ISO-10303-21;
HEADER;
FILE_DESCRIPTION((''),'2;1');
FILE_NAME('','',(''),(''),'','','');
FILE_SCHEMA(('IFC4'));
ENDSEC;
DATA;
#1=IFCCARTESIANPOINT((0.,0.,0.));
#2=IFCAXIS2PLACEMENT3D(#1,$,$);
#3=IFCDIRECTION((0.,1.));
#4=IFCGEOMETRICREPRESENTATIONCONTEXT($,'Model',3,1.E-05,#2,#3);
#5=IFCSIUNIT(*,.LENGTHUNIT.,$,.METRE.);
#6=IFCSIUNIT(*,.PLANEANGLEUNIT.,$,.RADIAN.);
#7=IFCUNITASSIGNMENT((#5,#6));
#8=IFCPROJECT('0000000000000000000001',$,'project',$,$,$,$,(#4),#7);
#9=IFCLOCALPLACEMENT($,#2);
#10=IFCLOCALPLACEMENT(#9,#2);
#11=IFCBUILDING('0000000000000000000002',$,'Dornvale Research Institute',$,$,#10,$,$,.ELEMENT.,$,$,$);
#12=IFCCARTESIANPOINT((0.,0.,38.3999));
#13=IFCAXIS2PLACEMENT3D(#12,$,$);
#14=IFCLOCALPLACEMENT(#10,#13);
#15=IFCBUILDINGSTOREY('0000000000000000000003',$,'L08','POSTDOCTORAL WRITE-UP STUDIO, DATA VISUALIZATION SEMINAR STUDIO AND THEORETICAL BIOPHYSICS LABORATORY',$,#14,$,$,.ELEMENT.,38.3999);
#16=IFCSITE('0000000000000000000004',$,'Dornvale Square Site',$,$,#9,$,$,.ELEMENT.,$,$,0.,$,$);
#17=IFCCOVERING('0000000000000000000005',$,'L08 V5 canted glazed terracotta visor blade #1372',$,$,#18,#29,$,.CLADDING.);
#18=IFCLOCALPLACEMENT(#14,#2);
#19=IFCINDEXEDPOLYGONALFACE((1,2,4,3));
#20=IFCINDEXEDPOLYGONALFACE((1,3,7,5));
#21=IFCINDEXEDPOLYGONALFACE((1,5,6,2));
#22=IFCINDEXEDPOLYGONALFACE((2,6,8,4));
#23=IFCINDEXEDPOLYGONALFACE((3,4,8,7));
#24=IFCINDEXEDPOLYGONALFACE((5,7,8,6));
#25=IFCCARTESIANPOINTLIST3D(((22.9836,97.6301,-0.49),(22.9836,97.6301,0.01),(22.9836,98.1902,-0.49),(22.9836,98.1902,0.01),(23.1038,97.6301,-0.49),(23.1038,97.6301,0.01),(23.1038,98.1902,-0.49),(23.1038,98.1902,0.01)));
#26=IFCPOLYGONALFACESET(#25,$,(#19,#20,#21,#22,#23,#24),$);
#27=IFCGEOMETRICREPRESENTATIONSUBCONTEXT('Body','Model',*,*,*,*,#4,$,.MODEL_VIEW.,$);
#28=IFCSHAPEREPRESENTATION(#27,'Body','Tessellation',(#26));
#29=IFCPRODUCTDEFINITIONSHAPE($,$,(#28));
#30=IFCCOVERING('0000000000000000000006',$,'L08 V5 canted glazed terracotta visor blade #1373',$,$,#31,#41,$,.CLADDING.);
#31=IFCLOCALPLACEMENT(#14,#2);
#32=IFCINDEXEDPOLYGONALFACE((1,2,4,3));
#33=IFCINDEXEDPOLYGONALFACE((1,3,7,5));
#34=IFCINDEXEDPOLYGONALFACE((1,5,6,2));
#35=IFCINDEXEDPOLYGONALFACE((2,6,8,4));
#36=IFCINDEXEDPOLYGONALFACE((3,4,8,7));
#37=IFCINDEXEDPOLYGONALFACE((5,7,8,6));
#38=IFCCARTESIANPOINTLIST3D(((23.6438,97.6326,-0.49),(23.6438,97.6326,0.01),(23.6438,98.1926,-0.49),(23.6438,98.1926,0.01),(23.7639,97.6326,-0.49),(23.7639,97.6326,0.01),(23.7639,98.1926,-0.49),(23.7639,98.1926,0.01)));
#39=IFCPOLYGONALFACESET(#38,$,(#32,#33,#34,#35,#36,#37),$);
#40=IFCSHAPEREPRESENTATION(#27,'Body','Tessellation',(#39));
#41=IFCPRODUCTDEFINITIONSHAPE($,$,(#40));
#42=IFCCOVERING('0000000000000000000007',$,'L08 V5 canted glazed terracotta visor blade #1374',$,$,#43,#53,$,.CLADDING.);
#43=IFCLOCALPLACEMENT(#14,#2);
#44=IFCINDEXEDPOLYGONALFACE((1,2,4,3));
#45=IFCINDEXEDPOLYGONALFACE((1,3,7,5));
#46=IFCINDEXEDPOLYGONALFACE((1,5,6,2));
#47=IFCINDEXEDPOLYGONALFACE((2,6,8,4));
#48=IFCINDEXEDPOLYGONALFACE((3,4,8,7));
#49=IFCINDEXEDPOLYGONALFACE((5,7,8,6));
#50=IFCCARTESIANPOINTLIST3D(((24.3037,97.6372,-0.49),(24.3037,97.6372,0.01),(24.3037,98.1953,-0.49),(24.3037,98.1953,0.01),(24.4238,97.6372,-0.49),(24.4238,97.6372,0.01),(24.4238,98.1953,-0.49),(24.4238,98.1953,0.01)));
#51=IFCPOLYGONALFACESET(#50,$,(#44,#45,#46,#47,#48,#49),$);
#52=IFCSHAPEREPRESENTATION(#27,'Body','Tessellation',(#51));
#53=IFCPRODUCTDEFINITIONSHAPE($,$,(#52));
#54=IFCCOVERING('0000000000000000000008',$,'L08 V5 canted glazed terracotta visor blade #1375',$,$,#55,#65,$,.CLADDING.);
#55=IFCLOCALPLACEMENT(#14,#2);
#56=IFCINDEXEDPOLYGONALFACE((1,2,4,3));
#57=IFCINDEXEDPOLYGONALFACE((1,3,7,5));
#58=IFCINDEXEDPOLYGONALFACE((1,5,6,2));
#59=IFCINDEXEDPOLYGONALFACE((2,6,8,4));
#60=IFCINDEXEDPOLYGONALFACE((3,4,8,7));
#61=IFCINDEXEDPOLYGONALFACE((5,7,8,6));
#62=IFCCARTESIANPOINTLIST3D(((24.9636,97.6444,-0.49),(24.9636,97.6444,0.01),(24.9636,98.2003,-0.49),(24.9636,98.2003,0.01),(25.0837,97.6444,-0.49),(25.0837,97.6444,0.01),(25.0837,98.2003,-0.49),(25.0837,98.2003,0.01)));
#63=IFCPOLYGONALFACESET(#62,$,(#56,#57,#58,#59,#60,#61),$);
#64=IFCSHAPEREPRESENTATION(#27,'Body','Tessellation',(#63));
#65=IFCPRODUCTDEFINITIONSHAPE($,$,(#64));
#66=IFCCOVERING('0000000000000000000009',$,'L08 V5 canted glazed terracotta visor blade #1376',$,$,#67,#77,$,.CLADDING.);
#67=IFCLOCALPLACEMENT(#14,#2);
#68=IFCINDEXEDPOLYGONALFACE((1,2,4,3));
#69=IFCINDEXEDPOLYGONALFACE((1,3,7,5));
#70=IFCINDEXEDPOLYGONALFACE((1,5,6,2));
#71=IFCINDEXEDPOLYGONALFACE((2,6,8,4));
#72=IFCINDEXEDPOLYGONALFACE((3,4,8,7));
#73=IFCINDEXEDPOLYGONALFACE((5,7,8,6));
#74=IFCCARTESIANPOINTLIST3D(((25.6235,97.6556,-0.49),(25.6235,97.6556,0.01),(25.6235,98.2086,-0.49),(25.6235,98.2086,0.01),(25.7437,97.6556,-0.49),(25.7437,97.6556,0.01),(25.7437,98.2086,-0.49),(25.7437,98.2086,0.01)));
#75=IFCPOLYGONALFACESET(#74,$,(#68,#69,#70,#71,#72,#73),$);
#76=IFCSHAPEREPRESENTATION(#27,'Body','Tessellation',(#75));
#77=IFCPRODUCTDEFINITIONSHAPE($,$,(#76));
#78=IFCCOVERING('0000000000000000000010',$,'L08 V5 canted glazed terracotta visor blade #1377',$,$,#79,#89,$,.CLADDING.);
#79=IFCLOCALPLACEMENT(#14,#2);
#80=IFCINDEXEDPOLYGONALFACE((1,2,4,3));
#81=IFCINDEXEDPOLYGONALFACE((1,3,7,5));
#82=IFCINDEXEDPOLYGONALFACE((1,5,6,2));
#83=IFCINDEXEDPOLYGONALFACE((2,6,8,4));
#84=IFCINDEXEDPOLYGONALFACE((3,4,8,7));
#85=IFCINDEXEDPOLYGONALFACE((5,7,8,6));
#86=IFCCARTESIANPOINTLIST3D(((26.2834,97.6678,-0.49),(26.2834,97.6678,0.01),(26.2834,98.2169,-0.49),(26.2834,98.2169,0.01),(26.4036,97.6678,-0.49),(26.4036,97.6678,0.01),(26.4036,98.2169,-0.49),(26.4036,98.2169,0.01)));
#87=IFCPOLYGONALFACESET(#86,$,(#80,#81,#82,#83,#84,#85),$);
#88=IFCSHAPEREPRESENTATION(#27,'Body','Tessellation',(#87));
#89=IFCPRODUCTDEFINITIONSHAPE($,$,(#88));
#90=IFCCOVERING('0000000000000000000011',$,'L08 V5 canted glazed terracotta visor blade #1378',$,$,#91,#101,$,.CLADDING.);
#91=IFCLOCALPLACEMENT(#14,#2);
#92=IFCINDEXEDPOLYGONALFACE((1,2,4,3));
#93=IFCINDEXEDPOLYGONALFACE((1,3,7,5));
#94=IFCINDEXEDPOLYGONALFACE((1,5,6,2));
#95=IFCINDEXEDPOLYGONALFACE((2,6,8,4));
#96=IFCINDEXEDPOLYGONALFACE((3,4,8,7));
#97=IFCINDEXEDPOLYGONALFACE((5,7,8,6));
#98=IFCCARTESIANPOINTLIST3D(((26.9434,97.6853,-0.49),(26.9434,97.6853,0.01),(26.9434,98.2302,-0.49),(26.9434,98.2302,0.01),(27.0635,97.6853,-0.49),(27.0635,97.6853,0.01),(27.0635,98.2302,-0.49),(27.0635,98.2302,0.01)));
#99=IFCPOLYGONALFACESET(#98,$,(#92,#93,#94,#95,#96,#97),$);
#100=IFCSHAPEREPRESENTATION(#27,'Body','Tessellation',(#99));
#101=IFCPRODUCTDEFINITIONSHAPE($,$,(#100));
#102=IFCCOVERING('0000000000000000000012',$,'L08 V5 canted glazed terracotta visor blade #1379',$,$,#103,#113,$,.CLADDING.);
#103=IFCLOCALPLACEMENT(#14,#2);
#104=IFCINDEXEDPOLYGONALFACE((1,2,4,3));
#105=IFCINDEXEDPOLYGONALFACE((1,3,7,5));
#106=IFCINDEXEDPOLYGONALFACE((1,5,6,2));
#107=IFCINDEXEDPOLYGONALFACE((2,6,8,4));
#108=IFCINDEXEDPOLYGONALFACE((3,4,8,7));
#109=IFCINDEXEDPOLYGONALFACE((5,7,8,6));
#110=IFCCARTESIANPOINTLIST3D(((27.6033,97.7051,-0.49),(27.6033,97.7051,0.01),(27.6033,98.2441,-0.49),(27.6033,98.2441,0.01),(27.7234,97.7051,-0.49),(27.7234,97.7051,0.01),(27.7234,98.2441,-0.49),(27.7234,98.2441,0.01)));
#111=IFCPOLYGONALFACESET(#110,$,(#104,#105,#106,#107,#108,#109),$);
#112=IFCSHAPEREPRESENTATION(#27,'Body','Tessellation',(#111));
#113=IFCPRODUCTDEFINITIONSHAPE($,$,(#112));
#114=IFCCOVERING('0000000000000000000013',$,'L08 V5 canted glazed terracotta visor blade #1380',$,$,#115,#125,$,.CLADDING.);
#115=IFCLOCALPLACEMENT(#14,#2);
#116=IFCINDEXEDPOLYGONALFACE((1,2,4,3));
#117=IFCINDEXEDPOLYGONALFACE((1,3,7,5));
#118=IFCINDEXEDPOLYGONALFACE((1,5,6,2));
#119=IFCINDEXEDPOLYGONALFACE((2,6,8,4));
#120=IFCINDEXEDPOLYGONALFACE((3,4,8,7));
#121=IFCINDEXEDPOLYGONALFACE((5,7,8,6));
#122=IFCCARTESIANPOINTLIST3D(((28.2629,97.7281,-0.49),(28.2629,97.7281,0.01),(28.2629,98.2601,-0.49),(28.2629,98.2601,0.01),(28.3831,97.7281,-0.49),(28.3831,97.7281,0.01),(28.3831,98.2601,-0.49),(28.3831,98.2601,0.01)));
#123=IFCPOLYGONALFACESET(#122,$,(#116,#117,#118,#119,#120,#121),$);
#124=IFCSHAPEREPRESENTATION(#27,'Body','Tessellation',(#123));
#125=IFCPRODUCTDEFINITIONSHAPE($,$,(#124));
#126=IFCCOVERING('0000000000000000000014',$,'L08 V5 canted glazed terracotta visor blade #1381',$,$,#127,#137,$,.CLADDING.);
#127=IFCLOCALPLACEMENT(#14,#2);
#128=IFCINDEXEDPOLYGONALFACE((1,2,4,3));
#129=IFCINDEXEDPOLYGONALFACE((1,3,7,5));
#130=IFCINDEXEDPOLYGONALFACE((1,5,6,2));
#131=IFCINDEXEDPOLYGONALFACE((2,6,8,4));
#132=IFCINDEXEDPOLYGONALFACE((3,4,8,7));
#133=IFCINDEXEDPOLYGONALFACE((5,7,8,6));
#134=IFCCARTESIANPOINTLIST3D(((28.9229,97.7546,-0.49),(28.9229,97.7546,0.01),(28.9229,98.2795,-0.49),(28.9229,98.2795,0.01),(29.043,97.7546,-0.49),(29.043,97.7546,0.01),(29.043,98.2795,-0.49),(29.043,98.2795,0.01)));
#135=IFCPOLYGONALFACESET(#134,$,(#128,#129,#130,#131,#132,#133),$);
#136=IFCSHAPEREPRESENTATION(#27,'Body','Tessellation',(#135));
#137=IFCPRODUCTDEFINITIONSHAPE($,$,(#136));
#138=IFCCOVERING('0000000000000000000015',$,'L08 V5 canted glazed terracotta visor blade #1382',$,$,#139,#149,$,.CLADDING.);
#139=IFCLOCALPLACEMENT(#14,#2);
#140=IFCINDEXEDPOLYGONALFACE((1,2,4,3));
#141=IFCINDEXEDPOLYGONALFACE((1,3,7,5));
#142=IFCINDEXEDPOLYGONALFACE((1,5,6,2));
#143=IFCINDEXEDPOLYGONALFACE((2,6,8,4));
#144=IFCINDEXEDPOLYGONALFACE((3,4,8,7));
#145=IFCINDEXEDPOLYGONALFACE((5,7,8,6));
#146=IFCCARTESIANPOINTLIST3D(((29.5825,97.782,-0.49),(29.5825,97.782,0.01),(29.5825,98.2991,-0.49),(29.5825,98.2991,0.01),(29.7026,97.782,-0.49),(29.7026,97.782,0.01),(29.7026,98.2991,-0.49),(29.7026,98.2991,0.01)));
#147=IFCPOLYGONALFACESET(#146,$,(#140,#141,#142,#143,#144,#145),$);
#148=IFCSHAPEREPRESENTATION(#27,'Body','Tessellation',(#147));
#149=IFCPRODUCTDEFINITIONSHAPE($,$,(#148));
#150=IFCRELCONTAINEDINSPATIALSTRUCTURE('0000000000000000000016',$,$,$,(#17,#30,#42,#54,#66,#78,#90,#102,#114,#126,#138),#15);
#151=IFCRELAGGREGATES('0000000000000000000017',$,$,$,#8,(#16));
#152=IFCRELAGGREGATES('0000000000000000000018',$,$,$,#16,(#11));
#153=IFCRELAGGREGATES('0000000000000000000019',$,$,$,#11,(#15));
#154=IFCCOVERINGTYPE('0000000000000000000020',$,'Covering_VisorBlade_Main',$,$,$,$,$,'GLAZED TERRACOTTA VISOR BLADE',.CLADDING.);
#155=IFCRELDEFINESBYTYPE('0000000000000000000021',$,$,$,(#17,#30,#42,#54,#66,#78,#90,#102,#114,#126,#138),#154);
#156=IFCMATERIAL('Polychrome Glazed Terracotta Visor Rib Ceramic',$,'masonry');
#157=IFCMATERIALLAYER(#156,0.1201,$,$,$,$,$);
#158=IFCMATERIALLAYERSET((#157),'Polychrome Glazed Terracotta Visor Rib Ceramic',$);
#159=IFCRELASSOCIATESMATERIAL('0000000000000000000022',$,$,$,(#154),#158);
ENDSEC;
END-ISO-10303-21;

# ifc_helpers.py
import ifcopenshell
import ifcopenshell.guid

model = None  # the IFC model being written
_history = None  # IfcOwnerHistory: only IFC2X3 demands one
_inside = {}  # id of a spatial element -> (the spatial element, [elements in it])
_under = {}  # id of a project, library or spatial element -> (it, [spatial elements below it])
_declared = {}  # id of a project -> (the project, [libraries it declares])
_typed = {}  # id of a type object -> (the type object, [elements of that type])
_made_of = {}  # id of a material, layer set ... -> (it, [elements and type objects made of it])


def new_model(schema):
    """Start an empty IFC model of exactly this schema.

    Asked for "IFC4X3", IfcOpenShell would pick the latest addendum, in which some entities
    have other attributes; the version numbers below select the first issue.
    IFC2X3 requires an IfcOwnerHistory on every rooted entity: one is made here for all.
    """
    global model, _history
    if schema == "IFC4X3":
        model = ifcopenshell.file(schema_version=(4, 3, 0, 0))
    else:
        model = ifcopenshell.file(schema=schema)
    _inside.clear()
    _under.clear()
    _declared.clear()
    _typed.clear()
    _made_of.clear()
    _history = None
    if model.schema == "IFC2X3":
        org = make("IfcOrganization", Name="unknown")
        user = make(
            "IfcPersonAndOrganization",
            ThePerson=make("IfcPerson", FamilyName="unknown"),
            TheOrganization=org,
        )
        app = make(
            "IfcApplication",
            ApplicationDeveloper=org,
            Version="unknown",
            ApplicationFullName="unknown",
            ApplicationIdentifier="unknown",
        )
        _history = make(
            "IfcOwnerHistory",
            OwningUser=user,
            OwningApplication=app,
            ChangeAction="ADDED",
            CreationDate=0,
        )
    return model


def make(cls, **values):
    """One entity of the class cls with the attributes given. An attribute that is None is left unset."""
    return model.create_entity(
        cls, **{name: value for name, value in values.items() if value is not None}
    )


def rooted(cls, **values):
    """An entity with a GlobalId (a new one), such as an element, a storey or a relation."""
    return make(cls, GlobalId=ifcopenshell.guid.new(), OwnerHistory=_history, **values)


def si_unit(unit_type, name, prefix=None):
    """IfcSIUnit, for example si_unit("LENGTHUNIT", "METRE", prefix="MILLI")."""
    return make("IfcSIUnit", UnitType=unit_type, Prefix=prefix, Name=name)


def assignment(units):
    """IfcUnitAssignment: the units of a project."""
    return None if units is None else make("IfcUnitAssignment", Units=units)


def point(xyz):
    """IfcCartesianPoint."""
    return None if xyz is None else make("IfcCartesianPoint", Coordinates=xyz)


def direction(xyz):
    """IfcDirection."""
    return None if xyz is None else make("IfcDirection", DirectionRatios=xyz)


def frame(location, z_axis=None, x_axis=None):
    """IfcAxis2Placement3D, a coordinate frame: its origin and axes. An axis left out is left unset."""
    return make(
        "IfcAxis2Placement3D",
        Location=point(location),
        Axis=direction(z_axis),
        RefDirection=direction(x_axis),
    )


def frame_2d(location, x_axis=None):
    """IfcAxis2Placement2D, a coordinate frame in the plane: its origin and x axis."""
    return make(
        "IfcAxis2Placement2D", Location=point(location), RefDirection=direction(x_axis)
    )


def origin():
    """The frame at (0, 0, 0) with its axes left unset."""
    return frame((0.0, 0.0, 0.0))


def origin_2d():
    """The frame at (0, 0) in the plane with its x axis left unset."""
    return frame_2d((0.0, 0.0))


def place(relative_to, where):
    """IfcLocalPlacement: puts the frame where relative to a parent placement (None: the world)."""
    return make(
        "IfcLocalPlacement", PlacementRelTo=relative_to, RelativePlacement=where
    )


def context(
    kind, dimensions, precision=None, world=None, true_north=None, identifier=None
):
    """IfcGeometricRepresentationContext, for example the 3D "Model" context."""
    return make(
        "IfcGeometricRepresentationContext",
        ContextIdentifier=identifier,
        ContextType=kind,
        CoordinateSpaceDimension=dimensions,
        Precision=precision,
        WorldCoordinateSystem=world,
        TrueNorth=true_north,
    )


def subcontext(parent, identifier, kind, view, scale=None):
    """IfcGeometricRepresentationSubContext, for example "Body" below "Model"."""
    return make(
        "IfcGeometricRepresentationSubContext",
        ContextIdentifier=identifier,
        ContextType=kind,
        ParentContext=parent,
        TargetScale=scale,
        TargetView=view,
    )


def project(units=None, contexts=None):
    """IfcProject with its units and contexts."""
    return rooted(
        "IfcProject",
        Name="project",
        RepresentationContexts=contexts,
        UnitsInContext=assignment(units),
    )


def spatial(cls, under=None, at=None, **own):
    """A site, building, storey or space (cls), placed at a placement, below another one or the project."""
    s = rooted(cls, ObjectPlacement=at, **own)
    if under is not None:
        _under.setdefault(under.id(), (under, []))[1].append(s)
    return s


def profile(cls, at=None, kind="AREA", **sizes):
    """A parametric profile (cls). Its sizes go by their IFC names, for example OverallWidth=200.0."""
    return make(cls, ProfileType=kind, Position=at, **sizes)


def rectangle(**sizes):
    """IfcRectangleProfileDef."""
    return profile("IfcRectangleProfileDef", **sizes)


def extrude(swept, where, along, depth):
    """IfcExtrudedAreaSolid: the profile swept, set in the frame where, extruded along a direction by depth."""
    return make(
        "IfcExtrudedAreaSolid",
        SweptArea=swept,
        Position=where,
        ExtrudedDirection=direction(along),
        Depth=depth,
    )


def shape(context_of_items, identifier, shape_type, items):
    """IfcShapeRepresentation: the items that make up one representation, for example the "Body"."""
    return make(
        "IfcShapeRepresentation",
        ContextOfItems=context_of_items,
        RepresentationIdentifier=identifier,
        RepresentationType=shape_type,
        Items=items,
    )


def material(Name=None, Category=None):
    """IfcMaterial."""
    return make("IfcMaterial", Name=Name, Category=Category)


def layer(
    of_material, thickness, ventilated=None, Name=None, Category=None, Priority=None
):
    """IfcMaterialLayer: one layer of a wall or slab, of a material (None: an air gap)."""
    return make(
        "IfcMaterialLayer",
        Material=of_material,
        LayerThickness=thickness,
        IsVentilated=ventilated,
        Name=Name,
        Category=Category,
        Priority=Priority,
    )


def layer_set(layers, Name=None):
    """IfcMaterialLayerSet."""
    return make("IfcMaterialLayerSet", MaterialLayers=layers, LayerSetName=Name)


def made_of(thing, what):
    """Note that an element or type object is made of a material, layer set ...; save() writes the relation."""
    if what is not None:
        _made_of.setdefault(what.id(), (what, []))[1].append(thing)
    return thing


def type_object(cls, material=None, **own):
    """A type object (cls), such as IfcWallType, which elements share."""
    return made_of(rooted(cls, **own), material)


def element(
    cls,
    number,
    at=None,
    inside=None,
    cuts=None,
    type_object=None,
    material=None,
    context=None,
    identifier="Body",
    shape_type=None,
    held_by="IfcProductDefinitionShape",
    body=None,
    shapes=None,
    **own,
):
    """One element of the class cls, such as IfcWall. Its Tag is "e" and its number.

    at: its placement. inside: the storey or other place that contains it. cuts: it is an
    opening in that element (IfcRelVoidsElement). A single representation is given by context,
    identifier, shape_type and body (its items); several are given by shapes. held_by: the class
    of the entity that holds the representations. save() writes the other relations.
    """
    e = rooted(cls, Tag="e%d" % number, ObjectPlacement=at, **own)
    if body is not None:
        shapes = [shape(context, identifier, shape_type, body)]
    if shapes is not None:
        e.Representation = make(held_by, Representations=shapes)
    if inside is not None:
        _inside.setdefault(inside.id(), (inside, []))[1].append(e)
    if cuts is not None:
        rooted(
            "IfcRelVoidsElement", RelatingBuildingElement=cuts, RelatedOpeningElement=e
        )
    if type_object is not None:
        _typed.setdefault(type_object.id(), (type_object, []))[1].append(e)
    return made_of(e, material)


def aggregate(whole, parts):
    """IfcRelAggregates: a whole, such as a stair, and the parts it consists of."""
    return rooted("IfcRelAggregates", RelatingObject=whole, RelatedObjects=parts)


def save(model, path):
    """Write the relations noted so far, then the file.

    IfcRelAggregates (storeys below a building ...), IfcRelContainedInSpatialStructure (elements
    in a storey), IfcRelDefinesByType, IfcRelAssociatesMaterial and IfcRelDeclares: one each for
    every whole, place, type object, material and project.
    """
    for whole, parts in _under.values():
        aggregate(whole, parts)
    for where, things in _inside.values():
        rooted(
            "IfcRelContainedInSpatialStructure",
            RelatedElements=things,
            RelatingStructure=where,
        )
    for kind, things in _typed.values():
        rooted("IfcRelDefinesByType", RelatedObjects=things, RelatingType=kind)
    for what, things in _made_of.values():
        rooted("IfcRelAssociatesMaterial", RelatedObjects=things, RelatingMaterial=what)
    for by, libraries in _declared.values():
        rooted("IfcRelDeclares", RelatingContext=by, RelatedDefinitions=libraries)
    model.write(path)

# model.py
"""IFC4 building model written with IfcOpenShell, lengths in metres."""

from ifc_helpers import new_model, si_unit, direction, frame, origin, origin_2d, place, context, subcontext, project, spatial, rectangle, extrude, material, layer, layer_set, type_object, element, save


model = new_model("IFC4")

# Units and contexts
model_context = context("Model", 3, precision=1e-05, world=origin(), true_north=direction((0.0, 1.0)))
body_context = subcontext(model_context, "Body", "Model", "MODEL_VIEW")
ifc_project = project(units=[si_unit("LENGTHUNIT", "METRE"), si_unit("PLANEANGLEUNIT", "RADIAN")], contexts=[model_context])

# Site, building, storey
site_placement = place(None, origin())
site = spatial("IfcSite", under=ifc_project, at=site_placement, Name="Dornvale Square Site", CompositionType="ELEMENT", RefElevation=0.0)
building_placement = place(site_placement, origin())
building = spatial("IfcBuilding", under=site, at=building_placement, Name="Dornvale Research Institute", CompositionType="ELEMENT")
storey_placement = place(building_placement, frame((0.0, 0.0, 38.3999)))
storey = spatial("IfcBuildingStorey", under=building, at=storey_placement, Name="L08", Description="POSTDOCTORAL WRITE-UP STUDIO, DATA VISUALIZATION SEMINAR STUDIO AND THEORETICAL BIOPHYSICS LABORATORY", CompositionType="ELEMENT", Elevation=38.3999)

# Coverings
ifc_material_1 = material(Name="Polychrome Glazed Terracotta Visor Rib Ceramic", Category="masonry")
ifc_layer_1 = layer(ifc_material_1, 0.1201)
ifc_layer_set_1 = layer_set([ifc_layer_1], Name="Polychrome Glazed Terracotta Visor Rib Ceramic")
covering_type_1 = type_object("IfcCoveringType", Name="Covering_VisorBlade_Main", ElementType="GLAZED TERRACOTTA VISOR BLADE", PredefinedType="CLADDING", material=ifc_layer_set_1)
for number, where, z_axis, x_axis, name in (
    (1, (23.0437, 97.9102, -0.49), (0.0, 0.0, 1.0), (0.0, 1.0, 0.0), "L08 V5 canted glazed terracotta visor blade #1372"),
    (2, (23.7039, 97.9126, -0.49), (0.0, 0.0, 1.0), (0.0, 1.0, 0.0), "L08 V5 canted glazed terracotta visor blade #1373"),
):
    element("IfcCovering", number, at=place(storey_placement, frame(where, z_axis=z_axis, x_axis=x_axis)), inside=storey, type_object=covering_type_1, Name=name, PredefinedType="CLADDING", context=body_context, shape_type="SweptSolid", body=[
        extrude(rectangle(XDim=0.5601, YDim=0.1201, at=origin_2d()), origin(), (0.0, 0.0, 1.0), 0.5),
    ])
covering_1_placement = place(storey_placement, frame((24.3638, 97.9163, -0.49), z_axis=(0.0, 0.0, 1.0), x_axis=(0.0, 1.0, 0.0)))
element("IfcCovering", 3, at=covering_1_placement, inside=storey, type_object=covering_type_1, Name="L08 V5 canted glazed terracotta visor blade #1374", PredefinedType="CLADDING", context=body_context, shape_type="SweptSolid", body=[
    extrude(rectangle(XDim=0.5581, YDim=0.1201, at=origin_2d()), origin(), (0.0, 0.0, 1.0), 0.5),
])
covering_2_placement = place(storey_placement, frame((25.0237, 97.9224, -0.49), z_axis=(0.0, 0.0, 1.0), x_axis=(0.0, 1.0, 0.0)))
element("IfcCovering", 4, at=covering_2_placement, inside=storey, type_object=covering_type_1, Name="L08 V5 canted glazed terracotta visor blade #1375", PredefinedType="CLADDING", context=body_context, shape_type="SweptSolid", body=[
    extrude(rectangle(XDim=0.5559, YDim=0.1201, at=origin_2d()), origin(), (0.0, 0.0, 1.0), 0.5),
])
covering_3_placement = place(storey_placement, frame((25.6836, 97.9321, -0.49), z_axis=(0.0, 0.0, 1.0), x_axis=(0.0, 1.0, 0.0)))
element("IfcCovering", 5, at=covering_3_placement, inside=storey, type_object=covering_type_1, Name="L08 V5 canted glazed terracotta visor blade #1376", PredefinedType="CLADDING", context=body_context, shape_type="SweptSolid", body=[
    extrude(rectangle(XDim=0.553, YDim=0.1201, at=origin_2d()), origin(), (0.0, 0.0, 1.0), 0.5),
])
covering_4_placement = place(storey_placement, frame((26.3435, 97.9424, -0.49), z_axis=(0.0, 0.0, 1.0), x_axis=(0.0, 1.0, 0.0)))
element("IfcCovering", 6, at=covering_4_placement, inside=storey, type_object=covering_type_1, Name="L08 V5 canted glazed terracotta visor blade #1377", PredefinedType="CLADDING", context=body_context, shape_type="SweptSolid", body=[
    extrude(rectangle(XDim=0.5491, YDim=0.1201, at=origin_2d()), origin(), (0.0, 0.0, 1.0), 0.5),
])
covering_5_placement = place(storey_placement, frame((27.0034, 97.9578, -0.49), z_axis=(0.0, 0.0, 1.0), x_axis=(0.0, 1.0, 0.0)))
element("IfcCovering", 7, at=covering_5_placement, inside=storey, type_object=covering_type_1, Name="L08 V5 canted glazed terracotta visor blade #1378", PredefinedType="CLADDING", context=body_context, shape_type="SweptSolid", body=[
    extrude(rectangle(XDim=0.5449, YDim=0.1201, at=origin_2d()), origin(), (0.0, 0.0, 1.0), 0.5),
])
covering_6_placement = place(storey_placement, frame((27.6633, 97.9746, -0.49), z_axis=(0.0, 0.0, 1.0), x_axis=(0.0, 1.0, 0.0)))
element("IfcCovering", 8, at=covering_6_placement, inside=storey, type_object=covering_type_1, Name="L08 V5 canted glazed terracotta visor blade #1379", PredefinedType="CLADDING", context=body_context, shape_type="SweptSolid", body=[
    extrude(rectangle(XDim=0.5391, YDim=0.1201, at=origin_2d()), origin(), (0.0, 0.0, 1.0), 0.5),
])
covering_7_placement = place(storey_placement, frame((28.323, 97.9941, -0.49), z_axis=(0.0, 0.0, 1.0), x_axis=(0.0, 1.0, 0.0)))
element("IfcCovering", 9, at=covering_7_placement, inside=storey, type_object=covering_type_1, Name="L08 V5 canted glazed terracotta visor blade #1380", PredefinedType="CLADDING", context=body_context, shape_type="SweptSolid", body=[
    extrude(rectangle(XDim=0.532, YDim=0.1201, at=origin_2d()), origin(), (0.0, 0.0, 1.0), 0.5),
])
covering_8_placement = place(storey_placement, frame((28.9829, 98.0171, -0.49), z_axis=(0.0, 0.0, 1.0), x_axis=(0.0, 1.0, 0.0)))
element("IfcCovering", 10, at=covering_8_placement, inside=storey, type_object=covering_type_1, Name="L08 V5 canted glazed terracotta visor blade #1381", PredefinedType="CLADDING", context=body_context, shape_type="SweptSolid", body=[
    extrude(rectangle(XDim=0.5249, YDim=0.1201, at=origin_2d()), origin(), (0.0, 0.0, 1.0), 0.5),
])
covering_9_placement = place(storey_placement, frame((29.6426, 98.0405, -0.49), z_axis=(0.0, 0.0, 1.0), x_axis=(0.0, 1.0, 0.0)))
element("IfcCovering", 11, at=covering_9_placement, inside=storey, type_object=covering_type_1, Name="L08 V5 canted glazed terracotta visor blade #1382", PredefinedType="CLADDING", context=body_context, shape_type="SweptSolid", body=[
    extrude(rectangle(XDim=0.5171, YDim=0.1201, at=origin_2d()), origin(), (0.0, 0.0, 1.0), 0.5),
])

save(model, "model.ifc")
